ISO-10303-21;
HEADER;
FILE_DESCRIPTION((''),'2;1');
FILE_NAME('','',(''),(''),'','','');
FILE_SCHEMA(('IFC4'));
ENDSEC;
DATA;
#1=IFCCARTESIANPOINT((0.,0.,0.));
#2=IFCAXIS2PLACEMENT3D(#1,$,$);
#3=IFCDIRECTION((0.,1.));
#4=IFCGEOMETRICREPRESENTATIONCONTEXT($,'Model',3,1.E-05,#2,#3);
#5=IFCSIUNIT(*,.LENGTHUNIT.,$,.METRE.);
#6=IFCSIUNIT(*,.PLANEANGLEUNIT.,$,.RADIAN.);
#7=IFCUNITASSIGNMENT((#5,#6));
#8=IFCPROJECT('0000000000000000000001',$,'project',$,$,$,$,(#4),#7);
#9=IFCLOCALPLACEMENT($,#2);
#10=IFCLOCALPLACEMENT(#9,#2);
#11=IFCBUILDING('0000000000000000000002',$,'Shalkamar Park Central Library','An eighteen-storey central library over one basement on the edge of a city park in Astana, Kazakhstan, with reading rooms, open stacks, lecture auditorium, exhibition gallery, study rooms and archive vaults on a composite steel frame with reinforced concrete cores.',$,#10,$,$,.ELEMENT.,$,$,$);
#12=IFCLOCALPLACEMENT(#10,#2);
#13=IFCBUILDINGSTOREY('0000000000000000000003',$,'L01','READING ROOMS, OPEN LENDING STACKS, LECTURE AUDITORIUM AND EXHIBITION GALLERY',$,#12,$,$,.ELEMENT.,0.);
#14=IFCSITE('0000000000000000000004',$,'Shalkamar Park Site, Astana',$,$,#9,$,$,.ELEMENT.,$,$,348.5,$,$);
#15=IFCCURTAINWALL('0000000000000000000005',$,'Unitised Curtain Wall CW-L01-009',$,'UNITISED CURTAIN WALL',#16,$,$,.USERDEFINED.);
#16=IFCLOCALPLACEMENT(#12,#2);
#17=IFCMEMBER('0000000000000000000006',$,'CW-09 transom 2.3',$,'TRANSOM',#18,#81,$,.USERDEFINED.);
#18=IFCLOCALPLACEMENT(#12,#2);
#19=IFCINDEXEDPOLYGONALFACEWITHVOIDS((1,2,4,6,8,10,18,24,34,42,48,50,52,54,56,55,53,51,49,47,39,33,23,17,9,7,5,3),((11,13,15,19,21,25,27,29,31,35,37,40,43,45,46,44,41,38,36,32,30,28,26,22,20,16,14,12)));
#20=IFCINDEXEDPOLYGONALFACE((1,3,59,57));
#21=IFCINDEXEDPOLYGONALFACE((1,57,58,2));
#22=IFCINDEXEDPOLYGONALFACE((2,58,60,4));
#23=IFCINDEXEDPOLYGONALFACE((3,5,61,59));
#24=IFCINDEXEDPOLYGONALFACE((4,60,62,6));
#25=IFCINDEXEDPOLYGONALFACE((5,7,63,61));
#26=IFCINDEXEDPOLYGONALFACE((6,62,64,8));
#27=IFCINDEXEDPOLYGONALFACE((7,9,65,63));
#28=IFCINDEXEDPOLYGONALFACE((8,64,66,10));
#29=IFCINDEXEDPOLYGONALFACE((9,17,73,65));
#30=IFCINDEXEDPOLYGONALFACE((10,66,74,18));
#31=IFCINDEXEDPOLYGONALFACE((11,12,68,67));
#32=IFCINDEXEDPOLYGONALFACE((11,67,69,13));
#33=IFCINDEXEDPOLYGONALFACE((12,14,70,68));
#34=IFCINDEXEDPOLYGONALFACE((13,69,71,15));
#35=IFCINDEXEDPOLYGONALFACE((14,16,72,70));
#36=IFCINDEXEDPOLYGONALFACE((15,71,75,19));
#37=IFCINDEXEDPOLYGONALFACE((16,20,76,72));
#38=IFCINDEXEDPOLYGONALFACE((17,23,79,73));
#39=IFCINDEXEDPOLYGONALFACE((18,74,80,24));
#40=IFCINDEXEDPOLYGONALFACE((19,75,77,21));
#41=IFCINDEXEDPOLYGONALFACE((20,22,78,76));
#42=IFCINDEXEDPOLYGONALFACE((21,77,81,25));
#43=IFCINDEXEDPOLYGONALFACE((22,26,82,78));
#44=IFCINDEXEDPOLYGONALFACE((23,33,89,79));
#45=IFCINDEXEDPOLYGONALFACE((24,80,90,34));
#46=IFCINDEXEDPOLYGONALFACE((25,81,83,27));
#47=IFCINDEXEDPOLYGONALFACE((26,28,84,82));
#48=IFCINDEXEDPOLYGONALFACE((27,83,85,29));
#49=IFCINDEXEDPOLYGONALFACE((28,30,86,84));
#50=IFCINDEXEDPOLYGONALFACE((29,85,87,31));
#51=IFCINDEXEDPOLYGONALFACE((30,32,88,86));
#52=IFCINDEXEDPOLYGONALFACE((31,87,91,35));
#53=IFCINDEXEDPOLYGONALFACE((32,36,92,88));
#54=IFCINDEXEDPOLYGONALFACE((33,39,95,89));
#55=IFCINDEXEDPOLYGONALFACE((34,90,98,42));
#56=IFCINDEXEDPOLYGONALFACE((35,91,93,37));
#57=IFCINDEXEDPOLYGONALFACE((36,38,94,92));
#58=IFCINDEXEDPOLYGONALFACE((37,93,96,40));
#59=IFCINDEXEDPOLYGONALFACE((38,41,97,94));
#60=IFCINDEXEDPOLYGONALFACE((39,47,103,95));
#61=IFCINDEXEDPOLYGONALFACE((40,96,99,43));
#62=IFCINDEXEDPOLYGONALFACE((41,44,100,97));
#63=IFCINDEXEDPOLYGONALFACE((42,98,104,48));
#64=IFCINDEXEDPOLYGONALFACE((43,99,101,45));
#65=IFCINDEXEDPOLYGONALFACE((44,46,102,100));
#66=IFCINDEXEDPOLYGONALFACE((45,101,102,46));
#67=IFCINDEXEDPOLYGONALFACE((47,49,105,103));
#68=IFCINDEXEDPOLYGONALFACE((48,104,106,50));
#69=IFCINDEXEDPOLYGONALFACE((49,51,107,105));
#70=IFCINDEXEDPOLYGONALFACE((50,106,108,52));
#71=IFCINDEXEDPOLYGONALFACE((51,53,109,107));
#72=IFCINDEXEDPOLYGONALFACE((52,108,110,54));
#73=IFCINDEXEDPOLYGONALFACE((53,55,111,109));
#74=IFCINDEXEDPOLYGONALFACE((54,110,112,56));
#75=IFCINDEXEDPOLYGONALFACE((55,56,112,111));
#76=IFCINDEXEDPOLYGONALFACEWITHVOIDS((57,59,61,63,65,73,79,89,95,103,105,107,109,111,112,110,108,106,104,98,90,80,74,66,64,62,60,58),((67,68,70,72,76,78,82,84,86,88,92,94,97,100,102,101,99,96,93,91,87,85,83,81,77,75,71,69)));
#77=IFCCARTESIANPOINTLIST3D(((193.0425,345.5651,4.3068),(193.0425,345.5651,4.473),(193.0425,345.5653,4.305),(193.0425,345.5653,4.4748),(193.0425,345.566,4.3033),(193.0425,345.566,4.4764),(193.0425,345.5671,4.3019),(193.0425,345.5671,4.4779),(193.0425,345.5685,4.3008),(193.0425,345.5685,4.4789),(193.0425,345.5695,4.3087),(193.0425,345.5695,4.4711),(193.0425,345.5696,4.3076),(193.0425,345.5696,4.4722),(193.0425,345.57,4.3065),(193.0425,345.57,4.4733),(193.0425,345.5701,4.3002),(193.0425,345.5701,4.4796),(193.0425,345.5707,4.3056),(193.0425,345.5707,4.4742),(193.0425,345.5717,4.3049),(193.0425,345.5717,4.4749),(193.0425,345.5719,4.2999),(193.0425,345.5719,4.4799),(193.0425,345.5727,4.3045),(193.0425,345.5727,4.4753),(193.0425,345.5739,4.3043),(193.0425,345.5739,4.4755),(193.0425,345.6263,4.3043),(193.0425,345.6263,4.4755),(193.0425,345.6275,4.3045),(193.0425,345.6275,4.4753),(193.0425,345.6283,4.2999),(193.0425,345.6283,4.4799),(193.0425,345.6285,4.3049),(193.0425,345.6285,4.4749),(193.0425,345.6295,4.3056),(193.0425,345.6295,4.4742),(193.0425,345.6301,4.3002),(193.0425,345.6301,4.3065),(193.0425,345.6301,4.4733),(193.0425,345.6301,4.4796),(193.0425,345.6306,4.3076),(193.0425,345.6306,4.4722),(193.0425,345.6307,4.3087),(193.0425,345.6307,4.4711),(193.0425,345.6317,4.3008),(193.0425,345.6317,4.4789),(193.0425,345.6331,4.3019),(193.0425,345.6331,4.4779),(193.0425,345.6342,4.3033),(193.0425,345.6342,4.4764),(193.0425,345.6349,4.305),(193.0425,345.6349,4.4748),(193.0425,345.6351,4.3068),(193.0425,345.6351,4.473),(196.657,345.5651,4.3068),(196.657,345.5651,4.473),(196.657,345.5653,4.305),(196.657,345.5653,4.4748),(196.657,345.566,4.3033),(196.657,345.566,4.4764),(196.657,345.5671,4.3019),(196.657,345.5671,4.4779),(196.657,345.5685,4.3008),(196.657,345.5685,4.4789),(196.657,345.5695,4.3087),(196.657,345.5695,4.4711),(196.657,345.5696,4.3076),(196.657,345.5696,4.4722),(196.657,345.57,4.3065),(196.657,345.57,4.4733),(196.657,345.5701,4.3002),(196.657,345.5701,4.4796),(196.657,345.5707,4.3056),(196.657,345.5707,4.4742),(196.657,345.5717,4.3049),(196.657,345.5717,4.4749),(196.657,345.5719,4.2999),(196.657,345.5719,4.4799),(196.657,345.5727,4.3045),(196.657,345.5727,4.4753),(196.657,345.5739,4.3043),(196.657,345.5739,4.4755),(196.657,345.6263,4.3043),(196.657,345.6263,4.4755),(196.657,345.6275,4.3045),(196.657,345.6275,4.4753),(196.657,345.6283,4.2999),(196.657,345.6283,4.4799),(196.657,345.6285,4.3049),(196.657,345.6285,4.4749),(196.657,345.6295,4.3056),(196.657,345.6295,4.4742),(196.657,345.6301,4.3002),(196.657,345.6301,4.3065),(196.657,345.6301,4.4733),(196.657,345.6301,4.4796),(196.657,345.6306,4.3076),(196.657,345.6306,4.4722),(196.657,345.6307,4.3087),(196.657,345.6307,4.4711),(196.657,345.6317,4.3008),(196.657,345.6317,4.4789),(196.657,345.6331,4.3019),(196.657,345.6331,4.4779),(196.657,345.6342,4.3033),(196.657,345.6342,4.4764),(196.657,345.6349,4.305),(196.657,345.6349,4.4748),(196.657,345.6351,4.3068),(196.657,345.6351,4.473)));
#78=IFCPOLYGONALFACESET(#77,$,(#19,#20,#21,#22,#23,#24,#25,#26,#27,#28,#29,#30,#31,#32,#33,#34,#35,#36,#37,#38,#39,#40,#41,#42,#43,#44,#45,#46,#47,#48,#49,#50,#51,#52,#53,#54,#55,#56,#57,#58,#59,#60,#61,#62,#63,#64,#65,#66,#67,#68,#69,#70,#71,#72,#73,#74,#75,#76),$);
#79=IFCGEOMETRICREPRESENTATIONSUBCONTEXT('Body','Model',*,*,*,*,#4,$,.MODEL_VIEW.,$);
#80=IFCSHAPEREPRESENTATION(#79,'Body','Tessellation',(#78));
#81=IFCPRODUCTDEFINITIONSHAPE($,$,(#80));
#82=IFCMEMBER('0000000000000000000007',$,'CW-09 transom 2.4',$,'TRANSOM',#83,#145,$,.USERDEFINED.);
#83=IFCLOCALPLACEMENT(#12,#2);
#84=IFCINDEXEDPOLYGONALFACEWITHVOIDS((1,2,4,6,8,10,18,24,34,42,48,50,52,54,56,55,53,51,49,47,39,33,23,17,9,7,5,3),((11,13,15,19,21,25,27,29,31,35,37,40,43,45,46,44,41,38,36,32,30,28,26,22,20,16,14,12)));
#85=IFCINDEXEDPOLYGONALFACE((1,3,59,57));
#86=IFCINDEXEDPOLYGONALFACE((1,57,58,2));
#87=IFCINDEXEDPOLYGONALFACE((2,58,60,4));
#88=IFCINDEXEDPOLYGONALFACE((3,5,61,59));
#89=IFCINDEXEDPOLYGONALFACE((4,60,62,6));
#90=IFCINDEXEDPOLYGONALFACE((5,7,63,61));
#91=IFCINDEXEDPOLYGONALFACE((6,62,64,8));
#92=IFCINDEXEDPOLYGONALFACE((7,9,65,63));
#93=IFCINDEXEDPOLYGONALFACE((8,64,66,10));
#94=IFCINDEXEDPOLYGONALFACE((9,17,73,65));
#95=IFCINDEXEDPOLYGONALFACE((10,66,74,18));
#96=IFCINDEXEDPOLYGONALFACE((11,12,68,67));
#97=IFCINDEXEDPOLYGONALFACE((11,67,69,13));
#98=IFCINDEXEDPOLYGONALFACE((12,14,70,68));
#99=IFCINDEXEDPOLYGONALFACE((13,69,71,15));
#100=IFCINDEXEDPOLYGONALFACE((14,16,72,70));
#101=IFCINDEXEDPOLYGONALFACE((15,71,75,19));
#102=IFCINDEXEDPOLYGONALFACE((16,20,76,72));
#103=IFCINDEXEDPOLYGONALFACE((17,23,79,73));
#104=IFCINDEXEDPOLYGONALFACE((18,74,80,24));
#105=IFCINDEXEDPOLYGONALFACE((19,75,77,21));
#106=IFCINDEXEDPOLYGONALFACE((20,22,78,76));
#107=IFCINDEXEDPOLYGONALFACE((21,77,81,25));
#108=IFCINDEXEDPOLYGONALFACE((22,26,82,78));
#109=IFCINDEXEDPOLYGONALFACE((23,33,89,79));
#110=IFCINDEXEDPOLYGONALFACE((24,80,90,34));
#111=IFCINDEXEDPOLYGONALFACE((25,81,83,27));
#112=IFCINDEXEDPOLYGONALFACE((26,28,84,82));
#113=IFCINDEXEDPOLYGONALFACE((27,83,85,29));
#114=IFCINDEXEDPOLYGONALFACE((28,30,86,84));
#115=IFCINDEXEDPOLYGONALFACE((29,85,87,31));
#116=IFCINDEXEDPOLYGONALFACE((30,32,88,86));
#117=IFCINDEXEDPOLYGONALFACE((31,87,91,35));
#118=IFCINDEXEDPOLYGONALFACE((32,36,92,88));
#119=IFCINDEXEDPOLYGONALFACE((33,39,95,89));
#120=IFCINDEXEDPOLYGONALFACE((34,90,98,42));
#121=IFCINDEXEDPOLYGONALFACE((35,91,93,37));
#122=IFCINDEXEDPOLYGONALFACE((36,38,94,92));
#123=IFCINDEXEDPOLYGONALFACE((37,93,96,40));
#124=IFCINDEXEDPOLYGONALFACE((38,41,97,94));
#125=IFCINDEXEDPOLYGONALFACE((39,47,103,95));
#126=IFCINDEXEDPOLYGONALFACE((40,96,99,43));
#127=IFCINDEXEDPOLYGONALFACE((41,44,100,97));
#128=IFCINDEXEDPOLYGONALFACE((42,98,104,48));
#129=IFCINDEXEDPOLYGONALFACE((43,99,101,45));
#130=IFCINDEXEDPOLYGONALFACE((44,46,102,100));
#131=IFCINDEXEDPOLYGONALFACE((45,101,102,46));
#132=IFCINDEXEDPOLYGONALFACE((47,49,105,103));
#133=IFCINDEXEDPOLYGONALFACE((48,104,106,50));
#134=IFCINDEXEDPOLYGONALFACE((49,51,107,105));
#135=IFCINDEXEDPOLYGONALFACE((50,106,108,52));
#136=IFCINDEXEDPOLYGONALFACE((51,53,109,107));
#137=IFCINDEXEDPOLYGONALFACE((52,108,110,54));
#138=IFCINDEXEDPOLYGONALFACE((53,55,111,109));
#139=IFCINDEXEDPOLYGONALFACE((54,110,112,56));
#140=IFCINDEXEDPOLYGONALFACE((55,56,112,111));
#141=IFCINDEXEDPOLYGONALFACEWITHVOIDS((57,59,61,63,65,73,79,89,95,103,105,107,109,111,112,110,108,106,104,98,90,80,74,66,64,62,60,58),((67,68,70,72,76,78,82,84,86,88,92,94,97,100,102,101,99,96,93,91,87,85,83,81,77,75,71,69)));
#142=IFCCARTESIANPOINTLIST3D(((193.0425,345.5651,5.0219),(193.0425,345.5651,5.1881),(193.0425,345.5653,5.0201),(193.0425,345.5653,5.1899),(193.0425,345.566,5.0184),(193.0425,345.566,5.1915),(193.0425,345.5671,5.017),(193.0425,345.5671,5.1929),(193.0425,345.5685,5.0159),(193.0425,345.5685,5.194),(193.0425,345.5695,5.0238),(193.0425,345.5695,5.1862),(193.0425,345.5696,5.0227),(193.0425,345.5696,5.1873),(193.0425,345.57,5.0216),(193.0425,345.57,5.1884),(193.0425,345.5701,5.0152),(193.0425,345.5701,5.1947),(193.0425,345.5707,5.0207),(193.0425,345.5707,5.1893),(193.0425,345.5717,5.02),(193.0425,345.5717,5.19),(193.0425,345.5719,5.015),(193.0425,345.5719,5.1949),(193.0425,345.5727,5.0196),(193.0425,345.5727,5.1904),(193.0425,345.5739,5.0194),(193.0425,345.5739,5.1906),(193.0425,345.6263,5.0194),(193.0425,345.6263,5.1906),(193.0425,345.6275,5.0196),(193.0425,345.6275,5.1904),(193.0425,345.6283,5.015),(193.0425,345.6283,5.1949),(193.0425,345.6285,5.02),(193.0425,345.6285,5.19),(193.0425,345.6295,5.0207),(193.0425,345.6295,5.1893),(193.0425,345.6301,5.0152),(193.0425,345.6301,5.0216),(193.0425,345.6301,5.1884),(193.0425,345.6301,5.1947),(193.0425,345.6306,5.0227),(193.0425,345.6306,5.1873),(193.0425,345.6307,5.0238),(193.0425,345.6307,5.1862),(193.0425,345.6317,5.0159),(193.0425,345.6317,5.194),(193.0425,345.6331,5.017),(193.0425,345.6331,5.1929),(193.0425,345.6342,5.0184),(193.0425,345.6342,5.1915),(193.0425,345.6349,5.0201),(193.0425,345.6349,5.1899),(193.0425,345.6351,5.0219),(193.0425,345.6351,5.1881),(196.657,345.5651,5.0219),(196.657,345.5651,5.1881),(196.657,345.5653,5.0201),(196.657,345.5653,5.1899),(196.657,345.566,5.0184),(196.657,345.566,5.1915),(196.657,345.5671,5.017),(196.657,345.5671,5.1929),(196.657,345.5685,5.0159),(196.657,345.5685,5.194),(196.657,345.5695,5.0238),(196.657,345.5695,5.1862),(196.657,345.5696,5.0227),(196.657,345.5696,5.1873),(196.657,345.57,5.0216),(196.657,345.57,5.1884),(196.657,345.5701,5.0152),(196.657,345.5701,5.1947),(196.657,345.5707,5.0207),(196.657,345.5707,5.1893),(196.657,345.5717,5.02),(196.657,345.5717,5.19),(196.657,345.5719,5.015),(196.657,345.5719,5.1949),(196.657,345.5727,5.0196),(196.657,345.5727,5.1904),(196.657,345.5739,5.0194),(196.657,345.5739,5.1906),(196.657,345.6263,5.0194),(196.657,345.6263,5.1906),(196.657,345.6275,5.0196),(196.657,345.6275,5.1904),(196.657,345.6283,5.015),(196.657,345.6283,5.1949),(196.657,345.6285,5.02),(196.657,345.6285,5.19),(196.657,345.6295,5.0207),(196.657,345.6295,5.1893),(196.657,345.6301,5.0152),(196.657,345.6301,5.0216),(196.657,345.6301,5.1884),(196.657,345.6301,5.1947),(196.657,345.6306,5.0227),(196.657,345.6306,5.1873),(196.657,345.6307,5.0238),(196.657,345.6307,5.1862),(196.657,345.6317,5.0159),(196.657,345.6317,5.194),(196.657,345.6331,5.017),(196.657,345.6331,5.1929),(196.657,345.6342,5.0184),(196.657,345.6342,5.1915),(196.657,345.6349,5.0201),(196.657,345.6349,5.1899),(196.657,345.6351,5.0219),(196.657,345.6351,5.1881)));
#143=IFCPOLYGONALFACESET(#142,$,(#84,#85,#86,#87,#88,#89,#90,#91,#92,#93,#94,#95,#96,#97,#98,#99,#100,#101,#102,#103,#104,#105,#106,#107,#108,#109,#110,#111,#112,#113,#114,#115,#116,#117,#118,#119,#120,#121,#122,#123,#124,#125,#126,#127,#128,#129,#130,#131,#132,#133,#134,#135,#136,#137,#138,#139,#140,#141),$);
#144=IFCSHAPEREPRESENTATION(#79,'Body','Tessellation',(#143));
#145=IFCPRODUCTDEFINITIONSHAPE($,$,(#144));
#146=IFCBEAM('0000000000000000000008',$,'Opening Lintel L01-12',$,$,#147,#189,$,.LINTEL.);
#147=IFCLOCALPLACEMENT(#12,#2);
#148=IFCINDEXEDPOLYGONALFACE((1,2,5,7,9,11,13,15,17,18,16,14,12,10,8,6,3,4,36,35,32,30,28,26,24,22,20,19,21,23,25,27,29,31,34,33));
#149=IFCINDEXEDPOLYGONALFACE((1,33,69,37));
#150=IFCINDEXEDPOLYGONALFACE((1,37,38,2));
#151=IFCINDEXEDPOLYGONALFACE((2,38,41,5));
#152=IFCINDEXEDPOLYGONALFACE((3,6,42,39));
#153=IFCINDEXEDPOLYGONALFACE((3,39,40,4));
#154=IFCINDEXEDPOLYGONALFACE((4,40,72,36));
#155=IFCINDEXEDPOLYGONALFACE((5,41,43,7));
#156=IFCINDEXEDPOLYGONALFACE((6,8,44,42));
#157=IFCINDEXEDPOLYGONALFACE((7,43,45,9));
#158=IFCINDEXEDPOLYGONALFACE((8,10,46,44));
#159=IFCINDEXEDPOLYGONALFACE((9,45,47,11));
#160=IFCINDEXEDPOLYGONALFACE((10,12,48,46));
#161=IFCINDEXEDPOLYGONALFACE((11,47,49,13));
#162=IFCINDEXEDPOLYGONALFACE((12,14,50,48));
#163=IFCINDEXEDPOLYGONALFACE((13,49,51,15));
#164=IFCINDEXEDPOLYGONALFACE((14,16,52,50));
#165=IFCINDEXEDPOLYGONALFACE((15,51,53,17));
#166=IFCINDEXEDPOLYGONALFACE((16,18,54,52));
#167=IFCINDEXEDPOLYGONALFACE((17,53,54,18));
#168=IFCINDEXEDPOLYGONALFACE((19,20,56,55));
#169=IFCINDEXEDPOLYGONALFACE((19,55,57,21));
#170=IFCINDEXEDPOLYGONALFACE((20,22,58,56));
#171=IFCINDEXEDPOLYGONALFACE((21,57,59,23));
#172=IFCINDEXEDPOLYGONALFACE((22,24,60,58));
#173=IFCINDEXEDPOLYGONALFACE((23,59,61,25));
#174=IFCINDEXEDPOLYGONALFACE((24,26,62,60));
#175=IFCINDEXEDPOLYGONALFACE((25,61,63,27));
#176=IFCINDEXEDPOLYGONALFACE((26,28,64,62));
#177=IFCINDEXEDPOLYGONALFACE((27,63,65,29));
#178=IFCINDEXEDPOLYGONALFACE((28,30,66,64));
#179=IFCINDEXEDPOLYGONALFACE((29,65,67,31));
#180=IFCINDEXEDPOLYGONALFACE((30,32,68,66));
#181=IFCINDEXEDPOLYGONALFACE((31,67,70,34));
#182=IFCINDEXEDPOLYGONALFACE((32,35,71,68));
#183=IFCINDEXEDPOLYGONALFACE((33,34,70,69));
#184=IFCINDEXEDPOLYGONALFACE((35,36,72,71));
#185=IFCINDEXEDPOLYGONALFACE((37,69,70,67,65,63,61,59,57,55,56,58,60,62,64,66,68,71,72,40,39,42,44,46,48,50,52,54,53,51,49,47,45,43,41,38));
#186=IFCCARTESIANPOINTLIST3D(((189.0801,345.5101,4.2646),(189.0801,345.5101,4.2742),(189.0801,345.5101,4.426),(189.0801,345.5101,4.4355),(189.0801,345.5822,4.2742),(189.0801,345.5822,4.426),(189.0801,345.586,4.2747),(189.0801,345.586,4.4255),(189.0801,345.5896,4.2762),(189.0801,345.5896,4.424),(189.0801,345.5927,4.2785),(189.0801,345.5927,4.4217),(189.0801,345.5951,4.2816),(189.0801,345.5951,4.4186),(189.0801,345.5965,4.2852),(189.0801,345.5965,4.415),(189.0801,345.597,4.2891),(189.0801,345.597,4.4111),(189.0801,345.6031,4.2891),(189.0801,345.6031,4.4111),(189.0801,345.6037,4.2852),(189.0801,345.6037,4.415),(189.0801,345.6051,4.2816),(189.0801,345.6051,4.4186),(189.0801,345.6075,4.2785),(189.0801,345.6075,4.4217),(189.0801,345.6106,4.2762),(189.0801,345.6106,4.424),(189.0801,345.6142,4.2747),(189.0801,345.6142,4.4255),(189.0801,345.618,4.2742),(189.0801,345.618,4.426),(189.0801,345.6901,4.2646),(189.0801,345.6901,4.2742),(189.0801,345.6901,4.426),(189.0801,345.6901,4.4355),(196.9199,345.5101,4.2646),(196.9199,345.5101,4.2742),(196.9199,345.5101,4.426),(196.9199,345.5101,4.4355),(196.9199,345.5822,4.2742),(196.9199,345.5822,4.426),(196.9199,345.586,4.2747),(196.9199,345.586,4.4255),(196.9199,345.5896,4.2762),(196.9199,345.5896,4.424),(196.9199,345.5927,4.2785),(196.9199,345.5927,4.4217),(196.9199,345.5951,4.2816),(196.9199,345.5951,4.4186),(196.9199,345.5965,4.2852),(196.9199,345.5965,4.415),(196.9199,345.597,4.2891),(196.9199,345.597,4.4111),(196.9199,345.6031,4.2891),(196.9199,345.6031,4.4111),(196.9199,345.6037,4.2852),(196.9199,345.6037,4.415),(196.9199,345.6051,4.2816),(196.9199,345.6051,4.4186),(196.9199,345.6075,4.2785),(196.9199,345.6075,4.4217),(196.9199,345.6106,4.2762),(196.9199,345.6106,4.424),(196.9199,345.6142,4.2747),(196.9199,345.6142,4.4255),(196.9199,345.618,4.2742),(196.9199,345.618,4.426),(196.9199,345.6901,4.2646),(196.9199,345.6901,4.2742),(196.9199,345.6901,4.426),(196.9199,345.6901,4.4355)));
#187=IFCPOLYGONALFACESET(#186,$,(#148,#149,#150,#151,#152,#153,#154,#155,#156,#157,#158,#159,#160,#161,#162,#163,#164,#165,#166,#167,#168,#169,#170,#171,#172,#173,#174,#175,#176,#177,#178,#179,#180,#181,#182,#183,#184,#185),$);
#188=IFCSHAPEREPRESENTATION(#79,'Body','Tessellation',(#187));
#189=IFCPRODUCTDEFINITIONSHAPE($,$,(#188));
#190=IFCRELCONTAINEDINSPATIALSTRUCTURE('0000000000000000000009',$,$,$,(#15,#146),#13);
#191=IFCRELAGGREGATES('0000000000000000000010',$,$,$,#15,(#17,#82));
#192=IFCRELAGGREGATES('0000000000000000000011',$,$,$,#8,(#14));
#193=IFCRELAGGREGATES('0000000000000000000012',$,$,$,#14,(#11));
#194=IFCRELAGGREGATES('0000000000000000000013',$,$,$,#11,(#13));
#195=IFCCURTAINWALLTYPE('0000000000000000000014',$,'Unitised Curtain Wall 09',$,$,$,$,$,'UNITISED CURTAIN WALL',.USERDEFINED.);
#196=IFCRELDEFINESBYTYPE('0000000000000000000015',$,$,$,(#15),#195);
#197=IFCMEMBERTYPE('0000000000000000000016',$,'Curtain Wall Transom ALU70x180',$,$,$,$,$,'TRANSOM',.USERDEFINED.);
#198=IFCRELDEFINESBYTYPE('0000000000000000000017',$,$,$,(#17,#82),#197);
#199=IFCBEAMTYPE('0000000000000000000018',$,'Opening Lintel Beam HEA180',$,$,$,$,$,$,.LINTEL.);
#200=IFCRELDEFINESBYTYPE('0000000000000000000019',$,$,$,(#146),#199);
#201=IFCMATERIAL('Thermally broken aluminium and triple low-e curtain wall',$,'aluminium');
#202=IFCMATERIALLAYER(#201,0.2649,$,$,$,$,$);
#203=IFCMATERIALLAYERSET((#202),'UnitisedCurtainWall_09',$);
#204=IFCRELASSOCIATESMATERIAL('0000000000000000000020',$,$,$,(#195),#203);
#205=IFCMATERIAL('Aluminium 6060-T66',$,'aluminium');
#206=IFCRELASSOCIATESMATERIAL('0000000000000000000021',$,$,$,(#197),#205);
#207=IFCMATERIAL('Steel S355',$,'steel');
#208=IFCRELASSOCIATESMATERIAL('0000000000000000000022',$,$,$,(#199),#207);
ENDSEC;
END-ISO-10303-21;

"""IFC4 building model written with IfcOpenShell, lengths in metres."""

from ifc_helpers import new_model, si_unit, direction, frame, origin, origin_2d, place, context, subcontext, project, spatial, hollow_rectangle, i_section, extrude, material, layer, layer_set, material_profile, profile_set, type_object, element, aggregate, save


model = new_model("IFC4")

# Units and contexts
model_context = context("Model", 3, precision=1e-05, world=origin(), true_north=direction((0.0, 1.0)))
body_context = subcontext(model_context, "Body", "Model", "MODEL_VIEW")
ifc_project = project(units=[si_unit("LENGTHUNIT", "METRE"), si_unit("PLANEANGLEUNIT", "RADIAN")], contexts=[model_context])

# Site, building, storey
site_placement = place(None, origin())
site = spatial("IfcSite", under=ifc_project, at=site_placement, Name="Shalkamar Park Site, Astana", CompositionType="ELEMENT", RefElevation=348.5)
building_placement = place(site_placement, origin())
building = spatial("IfcBuilding", under=site, at=building_placement, Name="Shalkamar Park Central Library", Description="An eighteen-storey central library over one basement on the edge of a city park in Astana, Kazakhstan, with reading rooms, open stacks, lecture auditorium, exhibition gallery, study rooms and archive vaults on a composite steel frame with reinforced concrete cores.", CompositionType="ELEMENT")
storey_placement = place(building_placement, origin())
storey = spatial("IfcBuildingStorey", under=building, at=storey_placement, Name="L01", Description="READING ROOMS, OPEN LENDING STACKS, LECTURE AUDITORIUM AND EXHIBITION GALLERY", CompositionType="ELEMENT", Elevation=0.0)

# Shared definitions
ifc_material_1 = material(Name="Steel S355", Category="steel")

# Curtain wall, members
ifc_material_2 = material(Name="Thermally broken aluminium and triple low-e curtain wall", Category="aluminium")
ifc_layer_1 = layer(ifc_material_2, 0.2649)
ifc_layer_set_1 = layer_set([ifc_layer_1], Name="UnitisedCurtainWall_09")
curtain_wall_type = type_object("IfcCurtainWallType", Name="Unitised Curtain Wall 09", ElementType="UNITISED CURTAIN WALL", PredefinedType="USERDEFINED", material=ifc_layer_set_1)
curtain_wall_placement = place(storey_placement, origin())
curtain_wall = element("IfcCurtainWall", 1, at=curtain_wall_placement, inside=storey, type_object=curtain_wall_type, Name="Unitised Curtain Wall CW-L01-009", ObjectType="UNITISED CURTAIN WALL", PredefinedType="USERDEFINED")
ifc_material_3 = material(Name="Aluminium 6060-T66", Category="aluminium")
ifc_material_profile_1 = material_profile(ifc_material_3, hollow_rectangle(XDim=0.0701, YDim=0.1799, WallThickness=0.0044, InnerFilletRadius=0.0044, OuterFilletRadius=0.0068, at=origin_2d()), Name="ALU 70x180x4.5")
ifc_profile_set_1 = profile_set([ifc_material_profile_1], Name="Aluminium 6060-T66")
member_type_1 = type_object("IfcMemberType", Name="Curtain Wall Transom ALU70x180", ElementType="TRANSOM", PredefinedType="USERDEFINED", material=ifc_profile_set_1)
member_1_placement = place(storey_placement, frame((193.0425, 345.6001, 4.3899), z_axis=(1.0, 0.0, 0.0), x_axis=(0.0, 1.0, 0.0)))
member_1 = element("IfcMember", 2, at=member_1_placement, type_object=member_type_1, Name="CW-09 transom 2.3", ObjectType="TRANSOM", PredefinedType="USERDEFINED", context=body_context, shape_type="SweptSolid", body=[
    extrude(hollow_rectangle(XDim=0.0701, YDim=0.1799, WallThickness=0.0044, InnerFilletRadius=0.0044, OuterFilletRadius=0.0068, at=origin_2d()), origin(), (0.0, 0.0, 1.0), 3.6145),
])
member_2_placement = place(storey_placement, frame((193.0425, 345.6001, 5.105), z_axis=(1.0, 0.0, 0.0), x_axis=(0.0, 1.0, 0.0)))
member_2 = element("IfcMember", 3, at=member_2_placement, type_object=member_type_1, Name="CW-09 transom 2.4", ObjectType="TRANSOM", PredefinedType="USERDEFINED", context=body_context, shape_type="SweptSolid", body=[
    extrude(hollow_rectangle(XDim=0.0701, YDim=0.1799, WallThickness=0.0044, InnerFilletRadius=0.0044, OuterFilletRadius=0.0068, at=origin_2d()), origin(), (0.0, 0.0, 1.0), 3.6145),
])

# Beam
ifc_material_profile_2 = material_profile(ifc_material_1, i_section(OverallWidth=0.1799, OverallDepth=0.1709, WebThickness=0.0061, FlangeThickness=0.0095, FilletRadius=0.0149, at=origin_2d()), Name="HEA 180")
ifc_profile_set_2 = profile_set([ifc_material_profile_2], Name="Steel S355")
beam_type_1 = type_object("IfcBeamType", Name="Opening Lintel Beam HEA180", PredefinedType="LINTEL", material=ifc_profile_set_2)
beam_1_placement = place(storey_placement, frame((189.0801, 345.6001, 4.3501), z_axis=(1.0, 0.0, 0.0), x_axis=(0.0, 1.0, 0.0)))
element("IfcBeam", 4, at=beam_1_placement, inside=storey, type_object=beam_type_1, Name="Opening Lintel L01-12", PredefinedType="LINTEL", context=body_context, shape_type="SweptSolid", body=[
    extrude(i_section(OverallWidth=0.1799, OverallDepth=0.1709, WebThickness=0.0061, FlangeThickness=0.0095, FilletRadius=0.0149, at=origin_2d()), origin(), (0.0, 0.0, 1.0), 7.8398),
])

aggregate(curtain_wall, [member_1, member_2])

save(model, "model.ifc")
